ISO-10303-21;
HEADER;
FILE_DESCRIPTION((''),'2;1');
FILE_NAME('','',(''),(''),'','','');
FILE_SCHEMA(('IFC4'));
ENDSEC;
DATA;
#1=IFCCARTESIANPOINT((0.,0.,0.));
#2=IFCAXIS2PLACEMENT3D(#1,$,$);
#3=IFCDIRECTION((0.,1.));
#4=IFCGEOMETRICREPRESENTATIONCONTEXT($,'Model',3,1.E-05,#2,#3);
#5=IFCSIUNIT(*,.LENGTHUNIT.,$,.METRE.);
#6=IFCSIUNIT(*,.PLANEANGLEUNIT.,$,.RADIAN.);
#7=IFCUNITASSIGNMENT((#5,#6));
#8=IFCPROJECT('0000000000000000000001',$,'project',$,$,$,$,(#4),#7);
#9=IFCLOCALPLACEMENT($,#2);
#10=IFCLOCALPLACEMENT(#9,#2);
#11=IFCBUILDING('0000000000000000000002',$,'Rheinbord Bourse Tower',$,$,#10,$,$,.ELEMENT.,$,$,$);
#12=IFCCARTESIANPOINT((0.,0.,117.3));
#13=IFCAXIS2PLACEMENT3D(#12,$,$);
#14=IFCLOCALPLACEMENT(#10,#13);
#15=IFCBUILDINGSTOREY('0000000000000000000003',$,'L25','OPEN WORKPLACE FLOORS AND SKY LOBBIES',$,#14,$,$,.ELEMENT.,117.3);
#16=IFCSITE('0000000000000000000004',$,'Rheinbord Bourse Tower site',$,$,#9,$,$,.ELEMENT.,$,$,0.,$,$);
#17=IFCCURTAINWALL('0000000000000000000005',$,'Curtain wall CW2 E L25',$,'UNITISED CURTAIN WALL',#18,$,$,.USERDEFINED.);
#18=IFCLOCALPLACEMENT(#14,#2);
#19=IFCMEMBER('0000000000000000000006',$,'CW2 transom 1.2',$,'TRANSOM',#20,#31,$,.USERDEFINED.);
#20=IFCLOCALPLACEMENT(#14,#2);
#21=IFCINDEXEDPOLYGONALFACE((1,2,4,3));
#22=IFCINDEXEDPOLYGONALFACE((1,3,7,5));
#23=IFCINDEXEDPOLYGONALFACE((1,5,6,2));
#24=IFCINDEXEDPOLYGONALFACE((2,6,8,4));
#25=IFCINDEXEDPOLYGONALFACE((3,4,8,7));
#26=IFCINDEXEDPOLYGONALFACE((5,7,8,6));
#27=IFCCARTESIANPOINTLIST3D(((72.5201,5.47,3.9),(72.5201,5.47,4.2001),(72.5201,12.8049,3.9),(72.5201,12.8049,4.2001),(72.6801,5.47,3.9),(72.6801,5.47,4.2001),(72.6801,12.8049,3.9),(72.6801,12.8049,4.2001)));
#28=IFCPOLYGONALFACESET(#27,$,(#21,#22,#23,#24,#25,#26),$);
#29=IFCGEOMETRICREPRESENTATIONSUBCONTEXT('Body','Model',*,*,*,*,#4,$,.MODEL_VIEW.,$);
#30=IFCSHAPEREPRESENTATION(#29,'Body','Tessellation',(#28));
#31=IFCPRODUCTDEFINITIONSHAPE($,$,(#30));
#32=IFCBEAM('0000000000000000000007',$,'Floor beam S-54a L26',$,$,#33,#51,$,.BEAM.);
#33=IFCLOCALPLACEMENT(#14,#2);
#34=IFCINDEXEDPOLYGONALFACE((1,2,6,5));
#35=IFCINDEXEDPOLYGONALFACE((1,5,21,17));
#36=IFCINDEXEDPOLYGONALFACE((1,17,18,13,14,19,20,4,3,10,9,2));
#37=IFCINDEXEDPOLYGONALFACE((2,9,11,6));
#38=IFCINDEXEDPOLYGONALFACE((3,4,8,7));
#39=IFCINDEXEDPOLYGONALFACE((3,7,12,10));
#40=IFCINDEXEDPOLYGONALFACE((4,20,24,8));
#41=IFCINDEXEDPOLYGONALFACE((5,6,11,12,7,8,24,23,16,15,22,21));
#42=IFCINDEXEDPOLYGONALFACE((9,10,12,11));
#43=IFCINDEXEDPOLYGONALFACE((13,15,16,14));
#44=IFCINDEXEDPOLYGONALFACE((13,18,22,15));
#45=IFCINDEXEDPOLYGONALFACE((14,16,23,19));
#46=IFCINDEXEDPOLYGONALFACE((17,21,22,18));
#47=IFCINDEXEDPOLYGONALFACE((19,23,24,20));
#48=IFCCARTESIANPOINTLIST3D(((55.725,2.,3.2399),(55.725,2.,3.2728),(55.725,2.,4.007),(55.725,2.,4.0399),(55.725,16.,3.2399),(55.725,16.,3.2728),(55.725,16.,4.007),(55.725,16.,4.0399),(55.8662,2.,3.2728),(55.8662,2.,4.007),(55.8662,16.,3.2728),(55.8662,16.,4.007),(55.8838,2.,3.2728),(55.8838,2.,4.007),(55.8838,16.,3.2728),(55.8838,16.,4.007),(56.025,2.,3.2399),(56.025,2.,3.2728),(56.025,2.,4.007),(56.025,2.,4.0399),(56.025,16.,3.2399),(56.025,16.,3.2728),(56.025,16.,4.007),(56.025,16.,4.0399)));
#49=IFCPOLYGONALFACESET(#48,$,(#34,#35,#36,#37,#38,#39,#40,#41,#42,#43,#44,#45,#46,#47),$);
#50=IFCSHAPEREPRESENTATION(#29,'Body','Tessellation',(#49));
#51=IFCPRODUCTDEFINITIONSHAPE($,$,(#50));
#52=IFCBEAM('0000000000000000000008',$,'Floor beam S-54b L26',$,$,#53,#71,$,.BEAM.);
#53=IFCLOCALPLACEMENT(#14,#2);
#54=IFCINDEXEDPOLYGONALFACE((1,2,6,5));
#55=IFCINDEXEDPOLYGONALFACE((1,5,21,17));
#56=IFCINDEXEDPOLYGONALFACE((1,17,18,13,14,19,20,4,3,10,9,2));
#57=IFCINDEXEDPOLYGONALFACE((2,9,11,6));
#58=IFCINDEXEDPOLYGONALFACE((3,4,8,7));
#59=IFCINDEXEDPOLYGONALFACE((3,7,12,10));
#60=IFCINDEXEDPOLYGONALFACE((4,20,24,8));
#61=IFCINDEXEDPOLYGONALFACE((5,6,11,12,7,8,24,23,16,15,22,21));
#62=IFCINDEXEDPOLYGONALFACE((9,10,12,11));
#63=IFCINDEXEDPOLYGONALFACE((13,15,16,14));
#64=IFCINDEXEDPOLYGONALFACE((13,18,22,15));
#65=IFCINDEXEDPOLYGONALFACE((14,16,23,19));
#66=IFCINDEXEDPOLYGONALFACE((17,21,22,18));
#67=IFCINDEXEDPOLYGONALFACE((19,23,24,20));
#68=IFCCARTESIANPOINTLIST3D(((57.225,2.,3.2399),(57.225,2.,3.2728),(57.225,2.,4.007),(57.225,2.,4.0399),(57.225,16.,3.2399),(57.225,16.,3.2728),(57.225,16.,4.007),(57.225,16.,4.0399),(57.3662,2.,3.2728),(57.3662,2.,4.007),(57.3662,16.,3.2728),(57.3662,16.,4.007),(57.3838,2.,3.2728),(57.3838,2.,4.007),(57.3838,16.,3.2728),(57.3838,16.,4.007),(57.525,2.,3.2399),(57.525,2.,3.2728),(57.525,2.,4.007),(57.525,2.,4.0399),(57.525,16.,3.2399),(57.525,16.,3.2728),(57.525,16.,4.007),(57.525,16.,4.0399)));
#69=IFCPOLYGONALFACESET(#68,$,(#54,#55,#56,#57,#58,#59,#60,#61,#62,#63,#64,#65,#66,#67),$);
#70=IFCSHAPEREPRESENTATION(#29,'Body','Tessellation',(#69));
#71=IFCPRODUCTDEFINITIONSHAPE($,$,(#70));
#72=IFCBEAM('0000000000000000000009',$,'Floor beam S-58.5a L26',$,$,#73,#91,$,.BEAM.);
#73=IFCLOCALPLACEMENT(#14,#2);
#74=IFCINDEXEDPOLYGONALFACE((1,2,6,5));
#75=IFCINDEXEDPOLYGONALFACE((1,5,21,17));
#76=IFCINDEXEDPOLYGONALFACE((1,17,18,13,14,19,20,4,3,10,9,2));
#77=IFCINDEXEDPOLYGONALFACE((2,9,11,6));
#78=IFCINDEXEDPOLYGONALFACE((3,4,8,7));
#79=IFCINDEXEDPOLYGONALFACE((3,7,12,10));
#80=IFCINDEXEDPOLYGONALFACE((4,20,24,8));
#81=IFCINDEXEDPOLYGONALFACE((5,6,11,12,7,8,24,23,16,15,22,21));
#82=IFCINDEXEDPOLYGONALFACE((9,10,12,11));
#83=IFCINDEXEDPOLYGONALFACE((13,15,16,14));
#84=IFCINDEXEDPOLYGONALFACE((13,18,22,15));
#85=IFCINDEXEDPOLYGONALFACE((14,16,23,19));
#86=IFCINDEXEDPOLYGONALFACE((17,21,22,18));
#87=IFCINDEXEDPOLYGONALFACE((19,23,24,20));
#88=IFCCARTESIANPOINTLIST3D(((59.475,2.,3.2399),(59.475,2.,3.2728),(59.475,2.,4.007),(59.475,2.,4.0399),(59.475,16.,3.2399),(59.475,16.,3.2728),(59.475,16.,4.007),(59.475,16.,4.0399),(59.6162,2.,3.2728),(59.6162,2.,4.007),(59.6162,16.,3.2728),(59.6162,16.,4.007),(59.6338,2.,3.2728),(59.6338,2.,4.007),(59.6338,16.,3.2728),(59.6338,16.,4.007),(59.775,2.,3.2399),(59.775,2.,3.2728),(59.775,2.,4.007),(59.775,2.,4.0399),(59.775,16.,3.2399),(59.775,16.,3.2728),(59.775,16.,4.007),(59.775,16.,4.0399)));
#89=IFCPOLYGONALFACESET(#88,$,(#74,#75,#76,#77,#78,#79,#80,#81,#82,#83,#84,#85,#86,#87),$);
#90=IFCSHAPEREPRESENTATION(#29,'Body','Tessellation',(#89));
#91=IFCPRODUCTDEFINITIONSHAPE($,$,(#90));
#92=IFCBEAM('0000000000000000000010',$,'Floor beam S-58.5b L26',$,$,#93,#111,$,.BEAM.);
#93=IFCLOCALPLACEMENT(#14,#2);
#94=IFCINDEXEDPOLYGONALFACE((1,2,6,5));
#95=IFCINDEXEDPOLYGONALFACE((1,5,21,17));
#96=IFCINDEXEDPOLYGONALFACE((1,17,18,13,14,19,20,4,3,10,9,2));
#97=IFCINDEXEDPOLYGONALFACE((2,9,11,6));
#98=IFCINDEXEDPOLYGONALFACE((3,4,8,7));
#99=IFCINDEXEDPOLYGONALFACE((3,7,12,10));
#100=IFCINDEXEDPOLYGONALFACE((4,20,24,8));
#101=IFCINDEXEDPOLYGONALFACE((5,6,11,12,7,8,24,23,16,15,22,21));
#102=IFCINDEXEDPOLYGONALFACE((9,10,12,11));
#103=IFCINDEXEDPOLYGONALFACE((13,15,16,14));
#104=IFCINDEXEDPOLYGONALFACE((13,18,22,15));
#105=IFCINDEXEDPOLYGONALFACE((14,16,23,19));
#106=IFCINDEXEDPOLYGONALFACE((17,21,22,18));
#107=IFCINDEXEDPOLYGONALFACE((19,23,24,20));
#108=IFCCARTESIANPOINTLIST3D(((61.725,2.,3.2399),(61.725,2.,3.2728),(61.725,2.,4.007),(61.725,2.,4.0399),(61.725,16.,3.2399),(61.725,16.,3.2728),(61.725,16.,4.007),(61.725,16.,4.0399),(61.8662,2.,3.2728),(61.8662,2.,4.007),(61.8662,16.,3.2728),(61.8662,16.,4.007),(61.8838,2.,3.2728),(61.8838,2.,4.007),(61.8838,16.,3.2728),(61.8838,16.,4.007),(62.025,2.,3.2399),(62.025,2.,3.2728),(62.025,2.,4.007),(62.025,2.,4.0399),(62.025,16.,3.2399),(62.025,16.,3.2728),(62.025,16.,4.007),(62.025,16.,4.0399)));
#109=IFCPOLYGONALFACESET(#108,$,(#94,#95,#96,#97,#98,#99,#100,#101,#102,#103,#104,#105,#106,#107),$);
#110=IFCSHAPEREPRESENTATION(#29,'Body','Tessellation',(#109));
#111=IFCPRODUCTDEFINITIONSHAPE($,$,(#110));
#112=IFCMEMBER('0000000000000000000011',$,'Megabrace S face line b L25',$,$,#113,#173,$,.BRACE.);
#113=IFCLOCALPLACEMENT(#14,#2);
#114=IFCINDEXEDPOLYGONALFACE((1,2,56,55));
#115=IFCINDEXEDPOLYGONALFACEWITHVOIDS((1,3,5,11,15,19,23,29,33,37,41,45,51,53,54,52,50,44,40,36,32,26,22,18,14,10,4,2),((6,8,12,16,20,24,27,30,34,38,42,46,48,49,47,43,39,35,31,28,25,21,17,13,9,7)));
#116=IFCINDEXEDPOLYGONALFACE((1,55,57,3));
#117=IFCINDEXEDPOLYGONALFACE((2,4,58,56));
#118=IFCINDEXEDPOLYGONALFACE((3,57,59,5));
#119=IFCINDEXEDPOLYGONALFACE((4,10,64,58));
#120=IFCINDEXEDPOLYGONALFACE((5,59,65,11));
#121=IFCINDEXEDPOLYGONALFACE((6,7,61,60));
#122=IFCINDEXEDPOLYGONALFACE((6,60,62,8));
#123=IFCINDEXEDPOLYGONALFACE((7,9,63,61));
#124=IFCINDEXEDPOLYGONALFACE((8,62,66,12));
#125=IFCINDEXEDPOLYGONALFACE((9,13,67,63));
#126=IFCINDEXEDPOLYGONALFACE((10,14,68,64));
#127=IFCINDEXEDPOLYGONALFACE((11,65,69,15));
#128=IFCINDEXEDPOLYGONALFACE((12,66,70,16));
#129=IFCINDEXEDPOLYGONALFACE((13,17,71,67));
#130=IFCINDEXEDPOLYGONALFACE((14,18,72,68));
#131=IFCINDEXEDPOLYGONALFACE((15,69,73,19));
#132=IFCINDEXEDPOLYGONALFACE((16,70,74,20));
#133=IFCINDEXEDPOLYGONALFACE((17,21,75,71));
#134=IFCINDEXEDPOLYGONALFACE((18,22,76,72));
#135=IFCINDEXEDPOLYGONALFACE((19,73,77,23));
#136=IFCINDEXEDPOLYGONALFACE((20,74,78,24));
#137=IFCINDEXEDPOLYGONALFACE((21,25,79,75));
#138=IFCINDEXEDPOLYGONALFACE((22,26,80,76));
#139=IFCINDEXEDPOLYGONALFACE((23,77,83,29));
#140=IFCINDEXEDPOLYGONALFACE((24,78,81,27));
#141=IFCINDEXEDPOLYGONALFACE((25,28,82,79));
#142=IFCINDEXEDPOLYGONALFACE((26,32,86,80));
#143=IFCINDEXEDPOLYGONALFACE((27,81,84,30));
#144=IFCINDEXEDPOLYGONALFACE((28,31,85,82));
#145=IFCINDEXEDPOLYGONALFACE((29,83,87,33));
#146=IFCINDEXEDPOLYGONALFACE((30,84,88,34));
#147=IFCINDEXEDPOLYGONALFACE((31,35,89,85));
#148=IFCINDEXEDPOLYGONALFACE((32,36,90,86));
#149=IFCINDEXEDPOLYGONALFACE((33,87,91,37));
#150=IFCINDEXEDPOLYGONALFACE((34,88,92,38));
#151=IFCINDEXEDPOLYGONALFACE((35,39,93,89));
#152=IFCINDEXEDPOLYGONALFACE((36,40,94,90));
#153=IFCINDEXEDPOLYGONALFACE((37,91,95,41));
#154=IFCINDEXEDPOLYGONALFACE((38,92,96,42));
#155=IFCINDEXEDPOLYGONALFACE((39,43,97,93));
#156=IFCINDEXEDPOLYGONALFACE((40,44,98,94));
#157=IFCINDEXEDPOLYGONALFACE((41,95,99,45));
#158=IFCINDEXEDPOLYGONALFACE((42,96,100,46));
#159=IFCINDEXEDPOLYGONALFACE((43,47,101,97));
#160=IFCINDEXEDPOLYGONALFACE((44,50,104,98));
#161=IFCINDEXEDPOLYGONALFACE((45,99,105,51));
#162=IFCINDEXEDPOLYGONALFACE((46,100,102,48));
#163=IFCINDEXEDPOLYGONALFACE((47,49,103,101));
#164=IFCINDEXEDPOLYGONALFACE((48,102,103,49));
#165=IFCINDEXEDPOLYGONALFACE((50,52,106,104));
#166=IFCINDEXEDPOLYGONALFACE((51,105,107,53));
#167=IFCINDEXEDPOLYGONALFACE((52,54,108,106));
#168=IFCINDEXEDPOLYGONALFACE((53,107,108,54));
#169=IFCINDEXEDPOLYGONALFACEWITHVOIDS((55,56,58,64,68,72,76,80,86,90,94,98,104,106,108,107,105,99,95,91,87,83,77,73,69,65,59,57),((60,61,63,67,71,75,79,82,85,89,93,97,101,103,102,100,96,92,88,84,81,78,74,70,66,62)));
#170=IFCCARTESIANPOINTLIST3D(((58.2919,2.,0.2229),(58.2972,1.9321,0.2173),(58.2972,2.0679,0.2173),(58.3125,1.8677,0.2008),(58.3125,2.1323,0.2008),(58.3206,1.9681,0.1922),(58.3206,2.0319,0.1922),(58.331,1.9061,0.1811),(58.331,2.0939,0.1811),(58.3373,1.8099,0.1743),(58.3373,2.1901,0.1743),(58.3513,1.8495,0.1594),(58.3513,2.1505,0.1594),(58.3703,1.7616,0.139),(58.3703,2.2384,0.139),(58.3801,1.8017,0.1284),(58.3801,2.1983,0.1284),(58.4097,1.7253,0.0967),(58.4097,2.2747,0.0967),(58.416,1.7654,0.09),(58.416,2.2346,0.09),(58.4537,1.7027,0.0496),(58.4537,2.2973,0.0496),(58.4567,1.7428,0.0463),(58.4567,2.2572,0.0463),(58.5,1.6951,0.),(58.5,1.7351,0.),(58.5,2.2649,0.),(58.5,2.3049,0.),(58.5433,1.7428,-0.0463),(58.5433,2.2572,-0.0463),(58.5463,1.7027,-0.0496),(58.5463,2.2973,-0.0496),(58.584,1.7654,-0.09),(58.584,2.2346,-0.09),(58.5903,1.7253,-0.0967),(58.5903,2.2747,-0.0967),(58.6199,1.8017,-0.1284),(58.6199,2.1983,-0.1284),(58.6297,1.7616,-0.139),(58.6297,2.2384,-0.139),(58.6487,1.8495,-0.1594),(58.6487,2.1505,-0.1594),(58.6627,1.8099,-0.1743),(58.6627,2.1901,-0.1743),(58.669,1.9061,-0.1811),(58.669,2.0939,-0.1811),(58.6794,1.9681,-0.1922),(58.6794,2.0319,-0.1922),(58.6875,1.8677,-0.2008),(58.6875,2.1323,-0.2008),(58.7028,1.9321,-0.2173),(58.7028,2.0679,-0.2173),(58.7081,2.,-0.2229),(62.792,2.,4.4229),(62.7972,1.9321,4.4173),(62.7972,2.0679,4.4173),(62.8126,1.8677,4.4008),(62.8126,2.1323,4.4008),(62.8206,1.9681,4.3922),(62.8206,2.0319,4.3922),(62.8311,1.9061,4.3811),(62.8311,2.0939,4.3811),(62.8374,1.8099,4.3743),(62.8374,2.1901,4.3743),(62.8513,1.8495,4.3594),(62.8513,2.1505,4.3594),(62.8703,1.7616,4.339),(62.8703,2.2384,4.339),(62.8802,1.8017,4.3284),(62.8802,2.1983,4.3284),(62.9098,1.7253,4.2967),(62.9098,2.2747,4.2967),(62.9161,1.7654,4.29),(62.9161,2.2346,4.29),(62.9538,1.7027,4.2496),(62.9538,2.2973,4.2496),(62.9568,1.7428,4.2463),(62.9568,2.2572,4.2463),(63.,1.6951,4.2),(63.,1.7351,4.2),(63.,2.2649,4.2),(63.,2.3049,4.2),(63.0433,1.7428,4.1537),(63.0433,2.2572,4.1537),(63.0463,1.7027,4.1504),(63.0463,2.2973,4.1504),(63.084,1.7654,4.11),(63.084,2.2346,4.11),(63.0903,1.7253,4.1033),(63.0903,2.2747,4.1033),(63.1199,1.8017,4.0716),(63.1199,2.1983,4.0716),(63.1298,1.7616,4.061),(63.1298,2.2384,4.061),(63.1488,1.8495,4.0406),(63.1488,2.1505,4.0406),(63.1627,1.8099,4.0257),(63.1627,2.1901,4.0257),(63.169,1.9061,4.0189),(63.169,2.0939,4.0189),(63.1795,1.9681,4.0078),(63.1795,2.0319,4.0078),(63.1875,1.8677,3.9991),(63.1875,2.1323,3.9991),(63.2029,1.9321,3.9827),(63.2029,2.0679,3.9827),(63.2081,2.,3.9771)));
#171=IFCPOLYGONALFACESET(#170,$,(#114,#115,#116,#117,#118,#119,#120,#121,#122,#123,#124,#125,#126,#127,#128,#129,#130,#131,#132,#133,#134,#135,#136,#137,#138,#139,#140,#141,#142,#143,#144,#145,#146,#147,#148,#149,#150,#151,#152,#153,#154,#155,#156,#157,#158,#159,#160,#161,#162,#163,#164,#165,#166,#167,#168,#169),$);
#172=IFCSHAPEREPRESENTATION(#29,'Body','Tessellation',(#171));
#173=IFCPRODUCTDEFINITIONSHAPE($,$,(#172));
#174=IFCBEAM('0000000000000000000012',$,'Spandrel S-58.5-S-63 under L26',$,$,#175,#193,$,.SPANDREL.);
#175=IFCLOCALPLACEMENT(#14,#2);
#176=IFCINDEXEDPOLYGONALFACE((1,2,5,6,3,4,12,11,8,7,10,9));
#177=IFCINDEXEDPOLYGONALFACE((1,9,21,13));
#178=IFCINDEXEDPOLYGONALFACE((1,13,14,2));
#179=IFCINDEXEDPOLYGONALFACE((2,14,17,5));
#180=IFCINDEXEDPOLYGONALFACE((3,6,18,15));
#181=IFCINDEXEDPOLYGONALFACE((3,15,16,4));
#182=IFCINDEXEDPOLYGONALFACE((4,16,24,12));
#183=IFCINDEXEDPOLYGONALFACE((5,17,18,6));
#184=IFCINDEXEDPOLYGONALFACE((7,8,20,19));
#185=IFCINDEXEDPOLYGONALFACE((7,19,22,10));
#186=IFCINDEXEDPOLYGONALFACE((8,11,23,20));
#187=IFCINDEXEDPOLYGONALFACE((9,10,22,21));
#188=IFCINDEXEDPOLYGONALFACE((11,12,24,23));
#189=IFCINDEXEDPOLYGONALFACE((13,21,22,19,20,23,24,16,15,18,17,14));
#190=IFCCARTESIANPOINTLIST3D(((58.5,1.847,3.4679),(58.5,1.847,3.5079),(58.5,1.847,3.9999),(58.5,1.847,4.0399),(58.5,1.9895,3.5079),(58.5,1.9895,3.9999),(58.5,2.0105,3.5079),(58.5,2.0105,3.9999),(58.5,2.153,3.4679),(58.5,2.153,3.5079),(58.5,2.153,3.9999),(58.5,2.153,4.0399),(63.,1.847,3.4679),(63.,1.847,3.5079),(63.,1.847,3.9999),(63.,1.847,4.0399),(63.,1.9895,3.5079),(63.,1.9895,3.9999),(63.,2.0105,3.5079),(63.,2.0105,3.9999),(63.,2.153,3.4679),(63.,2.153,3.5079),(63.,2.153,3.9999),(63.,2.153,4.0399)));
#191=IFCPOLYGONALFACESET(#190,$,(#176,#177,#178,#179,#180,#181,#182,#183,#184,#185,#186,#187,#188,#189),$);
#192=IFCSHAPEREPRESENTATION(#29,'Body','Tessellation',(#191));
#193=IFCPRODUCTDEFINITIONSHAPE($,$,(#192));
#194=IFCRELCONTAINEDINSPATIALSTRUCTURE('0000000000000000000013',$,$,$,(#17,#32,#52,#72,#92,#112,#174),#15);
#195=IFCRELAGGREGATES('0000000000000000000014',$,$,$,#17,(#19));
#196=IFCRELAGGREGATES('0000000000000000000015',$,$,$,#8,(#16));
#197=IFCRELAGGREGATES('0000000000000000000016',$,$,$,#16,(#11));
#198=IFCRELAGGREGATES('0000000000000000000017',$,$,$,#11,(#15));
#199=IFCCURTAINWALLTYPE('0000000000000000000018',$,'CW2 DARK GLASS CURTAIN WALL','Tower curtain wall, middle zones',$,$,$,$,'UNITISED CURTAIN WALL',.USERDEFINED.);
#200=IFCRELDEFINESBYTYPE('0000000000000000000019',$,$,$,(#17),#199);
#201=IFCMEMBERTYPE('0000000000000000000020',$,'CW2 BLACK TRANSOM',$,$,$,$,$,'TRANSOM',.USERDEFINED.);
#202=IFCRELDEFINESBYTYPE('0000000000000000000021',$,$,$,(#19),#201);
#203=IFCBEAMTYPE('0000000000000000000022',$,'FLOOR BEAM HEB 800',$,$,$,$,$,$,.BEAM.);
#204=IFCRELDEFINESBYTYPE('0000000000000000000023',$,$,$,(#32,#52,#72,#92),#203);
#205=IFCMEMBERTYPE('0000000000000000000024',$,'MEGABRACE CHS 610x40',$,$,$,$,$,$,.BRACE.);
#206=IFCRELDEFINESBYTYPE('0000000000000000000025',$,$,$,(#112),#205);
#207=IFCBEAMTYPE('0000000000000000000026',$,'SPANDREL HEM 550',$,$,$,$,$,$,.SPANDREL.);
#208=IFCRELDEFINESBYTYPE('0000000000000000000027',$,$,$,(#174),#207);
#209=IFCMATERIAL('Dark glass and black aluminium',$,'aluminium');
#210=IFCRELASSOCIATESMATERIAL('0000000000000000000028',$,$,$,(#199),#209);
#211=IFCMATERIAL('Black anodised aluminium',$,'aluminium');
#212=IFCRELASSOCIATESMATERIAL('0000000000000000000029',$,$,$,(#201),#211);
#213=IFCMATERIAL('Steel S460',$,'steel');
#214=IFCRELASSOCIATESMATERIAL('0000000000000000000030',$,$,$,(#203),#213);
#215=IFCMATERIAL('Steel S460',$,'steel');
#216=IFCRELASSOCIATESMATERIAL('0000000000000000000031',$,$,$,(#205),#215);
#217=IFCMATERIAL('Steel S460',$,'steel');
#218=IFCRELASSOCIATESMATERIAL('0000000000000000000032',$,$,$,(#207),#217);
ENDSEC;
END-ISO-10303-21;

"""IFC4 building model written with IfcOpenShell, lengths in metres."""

from ifc_helpers import new_model, si_unit, direction, frame, origin, origin_2d, place, context, subcontext, project, spatial, rectangle, hollow_circle, i_section, extrude, material, material_profile, profile_set, type_object, element, aggregate, save


model = new_model("IFC4")

# Units and contexts
model_context = context("Model", 3, precision=1e-05, world=origin(), true_north=direction((0.0, 1.0)))
body_context = subcontext(model_context, "Body", "Model", "MODEL_VIEW")
ifc_project = project(units=[si_unit("LENGTHUNIT", "METRE"), si_unit("PLANEANGLEUNIT", "RADIAN")], contexts=[model_context])

# Site, building, storey
site_placement = place(None, origin())
site = spatial("IfcSite", under=ifc_project, at=site_placement, Name="Rheinbord Bourse Tower site", CompositionType="ELEMENT", RefElevation=0.0)
building_placement = place(site_placement, origin())
building = spatial("IfcBuilding", under=site, at=building_placement, Name="Rheinbord Bourse Tower", CompositionType="ELEMENT")
storey_placement = place(building_placement, frame((0.0, 0.0, 117.3)))
storey = spatial("IfcBuildingStorey", under=building, at=storey_placement, Name="L25", Description="OPEN WORKPLACE FLOORS AND SKY LOBBIES", CompositionType="ELEMENT", Elevation=117.3)

# Shared definitions
ifc_material_1 = material(Name="Dark glass and black aluminium", Category="aluminium")
curtain_wall_type = type_object("IfcCurtainWallType", Name="CW2 DARK GLASS CURTAIN WALL", Description="Tower curtain wall, middle zones", ElementType="UNITISED CURTAIN WALL", PredefinedType="USERDEFINED", material=ifc_material_1)

# Curtain wall
curtain_wall_1_placement = place(storey_placement, origin())
curtain_wall_1 = element("IfcCurtainWall", 1, at=curtain_wall_1_placement, inside=storey, type_object=curtain_wall_type, Name="Curtain wall CW2 E L25", ObjectType="UNITISED CURTAIN WALL", PredefinedType="USERDEFINED")

# Member
ifc_material_2 = material(Name="Black anodised aluminium", Category="aluminium")
ifc_material_profile_1 = material_profile(ifc_material_2, rectangle(XDim=0.1599, YDim=0.3, at=origin_2d()), Name="CW2 TRANSOM 300x160")
ifc_profile_set_1 = profile_set([ifc_material_profile_1], Name="Black anodised aluminium")
member_type_1 = type_object("IfcMemberType", Name="CW2 BLACK TRANSOM", ElementType="TRANSOM", PredefinedType="USERDEFINED", material=ifc_profile_set_1)
member_1_placement = place(storey_placement, frame((72.6001, 5.47, 4.05), z_axis=(0.0, 1.0, 0.0), x_axis=(-1.0, 0.0, 0.0)))
member_1 = element("IfcMember", 2, at=member_1_placement, type_object=member_type_1, Name="CW2 transom 1.2", ObjectType="TRANSOM", PredefinedType="USERDEFINED", context=body_context, shape_type="SweptSolid", body=[
    extrude(rectangle(XDim=0.1599, YDim=0.3, at=origin_2d()), origin(), (0.0, 0.0, 1.0), 7.335),
])

# Beams
ifc_material_3 = material(Name="Steel S460", Category="steel")
ifc_material_profile_2 = material_profile(ifc_material_3, i_section(OverallWidth=0.3, OverallDepth=0.8, WebThickness=0.0176, FlangeThickness=0.033, at=origin_2d()), Name="HEB 800")
ifc_profile_set_2 = profile_set([ifc_material_profile_2], Name="Steel S460")
beam_type_1 = type_object("IfcBeamType", Name="FLOOR BEAM HEB 800", PredefinedType="BEAM", material=ifc_profile_set_2)
for number, where, z_axis, x_axis, name in (
    (3, (55.875, 2.0, 3.6399), (0.0, 1.0, 0.0), (-1.0, 0.0, 0.0), "Floor beam S-54a L26"),
    (4, (57.375, 2.0, 3.6399), (0.0, 1.0, 0.0), (-1.0, 0.0, 0.0), "Floor beam S-54b L26"),
    (5, (59.625, 2.0, 3.6399), (0.0, 1.0, 0.0), (-1.0, 0.0, 0.0), "Floor beam S-58.5a L26"),
    (6, (61.875, 2.0, 3.6399), (0.0, 1.0, 0.0), (-1.0, 0.0, 0.0), "Floor beam S-58.5b L26"),
):
    element("IfcBeam", number, at=place(storey_placement, frame(where, z_axis=z_axis, x_axis=x_axis)), inside=storey, type_object=beam_type_1, Name=name, PredefinedType="BEAM", context=body_context, shape_type="SweptSolid", body=[
        extrude(i_section(OverallWidth=0.3, OverallDepth=0.8, WebThickness=0.0176, FlangeThickness=0.033, at=origin_2d()), origin(), (0.0, 0.0, 1.0), 14.0),
    ])

# Member
ifc_material_4 = material(Name="Steel S460", Category="steel")
ifc_material_profile_3 = material_profile(ifc_material_4, hollow_circle(Radius=0.3049, WallThickness=0.04, at=origin_2d()), Name="CHS 610x40")
ifc_profile_set_3 = profile_set([ifc_material_profile_3], Name="Steel S460")
member_type_2 = type_object("IfcMemberType", Name="MEGABRACE CHS 610x40", PredefinedType="BRACE", material=ifc_profile_set_3)
member_2_placement = place(storey_placement, frame((58.5, 2.0, 0.0), z_axis=(0.731059, 0.0, 0.682314), x_axis=(0.0, 1.0, 0.0)))
element("IfcMember", 7, at=member_2_placement, inside=storey, type_object=member_type_2, Name="Megabrace S face line b L25", PredefinedType="BRACE", context=body_context, shape_type="SweptSolid", body=[
    extrude(hollow_circle(Radius=0.3049, WallThickness=0.04, at=origin_2d()), origin(), (0.0, 0.0, 1.0), 6.1555),
])

# Beam
ifc_material_5 = material(Name="Steel S460", Category="steel")
ifc_material_profile_4 = material_profile(ifc_material_5, i_section(OverallWidth=0.3059, OverallDepth=0.572, WebThickness=0.021, FlangeThickness=0.04, at=origin_2d()), Name="HEM 550")
ifc_profile_set_4 = profile_set([ifc_material_profile_4], Name="Steel S460")
beam_type_2 = type_object("IfcBeamType", Name="SPANDREL HEM 550", PredefinedType="SPANDREL", material=ifc_profile_set_4)
for number, where, z_axis, x_axis, name in (
    (8, (58.5, 2.0, 3.7539), (1.0, 0.0, 0.0), (0.0, 1.0, 0.0), "Spandrel S-58.5-S-63 under L26"),
):
    element("IfcBeam", number, at=place(storey_placement, frame(where, z_axis=z_axis, x_axis=x_axis)), inside=storey, type_object=beam_type_2, Name=name, PredefinedType="SPANDREL", context=body_context, shape_type="SweptSolid", body=[
        extrude(i_section(OverallWidth=0.3059, OverallDepth=0.572, WebThickness=0.021, FlangeThickness=0.04, at=origin_2d()), origin(), (0.0, 0.0, 1.0), 4.5),
    ])

aggregate(curtain_wall_1, [member_1])

save(model, "model.ifc")
